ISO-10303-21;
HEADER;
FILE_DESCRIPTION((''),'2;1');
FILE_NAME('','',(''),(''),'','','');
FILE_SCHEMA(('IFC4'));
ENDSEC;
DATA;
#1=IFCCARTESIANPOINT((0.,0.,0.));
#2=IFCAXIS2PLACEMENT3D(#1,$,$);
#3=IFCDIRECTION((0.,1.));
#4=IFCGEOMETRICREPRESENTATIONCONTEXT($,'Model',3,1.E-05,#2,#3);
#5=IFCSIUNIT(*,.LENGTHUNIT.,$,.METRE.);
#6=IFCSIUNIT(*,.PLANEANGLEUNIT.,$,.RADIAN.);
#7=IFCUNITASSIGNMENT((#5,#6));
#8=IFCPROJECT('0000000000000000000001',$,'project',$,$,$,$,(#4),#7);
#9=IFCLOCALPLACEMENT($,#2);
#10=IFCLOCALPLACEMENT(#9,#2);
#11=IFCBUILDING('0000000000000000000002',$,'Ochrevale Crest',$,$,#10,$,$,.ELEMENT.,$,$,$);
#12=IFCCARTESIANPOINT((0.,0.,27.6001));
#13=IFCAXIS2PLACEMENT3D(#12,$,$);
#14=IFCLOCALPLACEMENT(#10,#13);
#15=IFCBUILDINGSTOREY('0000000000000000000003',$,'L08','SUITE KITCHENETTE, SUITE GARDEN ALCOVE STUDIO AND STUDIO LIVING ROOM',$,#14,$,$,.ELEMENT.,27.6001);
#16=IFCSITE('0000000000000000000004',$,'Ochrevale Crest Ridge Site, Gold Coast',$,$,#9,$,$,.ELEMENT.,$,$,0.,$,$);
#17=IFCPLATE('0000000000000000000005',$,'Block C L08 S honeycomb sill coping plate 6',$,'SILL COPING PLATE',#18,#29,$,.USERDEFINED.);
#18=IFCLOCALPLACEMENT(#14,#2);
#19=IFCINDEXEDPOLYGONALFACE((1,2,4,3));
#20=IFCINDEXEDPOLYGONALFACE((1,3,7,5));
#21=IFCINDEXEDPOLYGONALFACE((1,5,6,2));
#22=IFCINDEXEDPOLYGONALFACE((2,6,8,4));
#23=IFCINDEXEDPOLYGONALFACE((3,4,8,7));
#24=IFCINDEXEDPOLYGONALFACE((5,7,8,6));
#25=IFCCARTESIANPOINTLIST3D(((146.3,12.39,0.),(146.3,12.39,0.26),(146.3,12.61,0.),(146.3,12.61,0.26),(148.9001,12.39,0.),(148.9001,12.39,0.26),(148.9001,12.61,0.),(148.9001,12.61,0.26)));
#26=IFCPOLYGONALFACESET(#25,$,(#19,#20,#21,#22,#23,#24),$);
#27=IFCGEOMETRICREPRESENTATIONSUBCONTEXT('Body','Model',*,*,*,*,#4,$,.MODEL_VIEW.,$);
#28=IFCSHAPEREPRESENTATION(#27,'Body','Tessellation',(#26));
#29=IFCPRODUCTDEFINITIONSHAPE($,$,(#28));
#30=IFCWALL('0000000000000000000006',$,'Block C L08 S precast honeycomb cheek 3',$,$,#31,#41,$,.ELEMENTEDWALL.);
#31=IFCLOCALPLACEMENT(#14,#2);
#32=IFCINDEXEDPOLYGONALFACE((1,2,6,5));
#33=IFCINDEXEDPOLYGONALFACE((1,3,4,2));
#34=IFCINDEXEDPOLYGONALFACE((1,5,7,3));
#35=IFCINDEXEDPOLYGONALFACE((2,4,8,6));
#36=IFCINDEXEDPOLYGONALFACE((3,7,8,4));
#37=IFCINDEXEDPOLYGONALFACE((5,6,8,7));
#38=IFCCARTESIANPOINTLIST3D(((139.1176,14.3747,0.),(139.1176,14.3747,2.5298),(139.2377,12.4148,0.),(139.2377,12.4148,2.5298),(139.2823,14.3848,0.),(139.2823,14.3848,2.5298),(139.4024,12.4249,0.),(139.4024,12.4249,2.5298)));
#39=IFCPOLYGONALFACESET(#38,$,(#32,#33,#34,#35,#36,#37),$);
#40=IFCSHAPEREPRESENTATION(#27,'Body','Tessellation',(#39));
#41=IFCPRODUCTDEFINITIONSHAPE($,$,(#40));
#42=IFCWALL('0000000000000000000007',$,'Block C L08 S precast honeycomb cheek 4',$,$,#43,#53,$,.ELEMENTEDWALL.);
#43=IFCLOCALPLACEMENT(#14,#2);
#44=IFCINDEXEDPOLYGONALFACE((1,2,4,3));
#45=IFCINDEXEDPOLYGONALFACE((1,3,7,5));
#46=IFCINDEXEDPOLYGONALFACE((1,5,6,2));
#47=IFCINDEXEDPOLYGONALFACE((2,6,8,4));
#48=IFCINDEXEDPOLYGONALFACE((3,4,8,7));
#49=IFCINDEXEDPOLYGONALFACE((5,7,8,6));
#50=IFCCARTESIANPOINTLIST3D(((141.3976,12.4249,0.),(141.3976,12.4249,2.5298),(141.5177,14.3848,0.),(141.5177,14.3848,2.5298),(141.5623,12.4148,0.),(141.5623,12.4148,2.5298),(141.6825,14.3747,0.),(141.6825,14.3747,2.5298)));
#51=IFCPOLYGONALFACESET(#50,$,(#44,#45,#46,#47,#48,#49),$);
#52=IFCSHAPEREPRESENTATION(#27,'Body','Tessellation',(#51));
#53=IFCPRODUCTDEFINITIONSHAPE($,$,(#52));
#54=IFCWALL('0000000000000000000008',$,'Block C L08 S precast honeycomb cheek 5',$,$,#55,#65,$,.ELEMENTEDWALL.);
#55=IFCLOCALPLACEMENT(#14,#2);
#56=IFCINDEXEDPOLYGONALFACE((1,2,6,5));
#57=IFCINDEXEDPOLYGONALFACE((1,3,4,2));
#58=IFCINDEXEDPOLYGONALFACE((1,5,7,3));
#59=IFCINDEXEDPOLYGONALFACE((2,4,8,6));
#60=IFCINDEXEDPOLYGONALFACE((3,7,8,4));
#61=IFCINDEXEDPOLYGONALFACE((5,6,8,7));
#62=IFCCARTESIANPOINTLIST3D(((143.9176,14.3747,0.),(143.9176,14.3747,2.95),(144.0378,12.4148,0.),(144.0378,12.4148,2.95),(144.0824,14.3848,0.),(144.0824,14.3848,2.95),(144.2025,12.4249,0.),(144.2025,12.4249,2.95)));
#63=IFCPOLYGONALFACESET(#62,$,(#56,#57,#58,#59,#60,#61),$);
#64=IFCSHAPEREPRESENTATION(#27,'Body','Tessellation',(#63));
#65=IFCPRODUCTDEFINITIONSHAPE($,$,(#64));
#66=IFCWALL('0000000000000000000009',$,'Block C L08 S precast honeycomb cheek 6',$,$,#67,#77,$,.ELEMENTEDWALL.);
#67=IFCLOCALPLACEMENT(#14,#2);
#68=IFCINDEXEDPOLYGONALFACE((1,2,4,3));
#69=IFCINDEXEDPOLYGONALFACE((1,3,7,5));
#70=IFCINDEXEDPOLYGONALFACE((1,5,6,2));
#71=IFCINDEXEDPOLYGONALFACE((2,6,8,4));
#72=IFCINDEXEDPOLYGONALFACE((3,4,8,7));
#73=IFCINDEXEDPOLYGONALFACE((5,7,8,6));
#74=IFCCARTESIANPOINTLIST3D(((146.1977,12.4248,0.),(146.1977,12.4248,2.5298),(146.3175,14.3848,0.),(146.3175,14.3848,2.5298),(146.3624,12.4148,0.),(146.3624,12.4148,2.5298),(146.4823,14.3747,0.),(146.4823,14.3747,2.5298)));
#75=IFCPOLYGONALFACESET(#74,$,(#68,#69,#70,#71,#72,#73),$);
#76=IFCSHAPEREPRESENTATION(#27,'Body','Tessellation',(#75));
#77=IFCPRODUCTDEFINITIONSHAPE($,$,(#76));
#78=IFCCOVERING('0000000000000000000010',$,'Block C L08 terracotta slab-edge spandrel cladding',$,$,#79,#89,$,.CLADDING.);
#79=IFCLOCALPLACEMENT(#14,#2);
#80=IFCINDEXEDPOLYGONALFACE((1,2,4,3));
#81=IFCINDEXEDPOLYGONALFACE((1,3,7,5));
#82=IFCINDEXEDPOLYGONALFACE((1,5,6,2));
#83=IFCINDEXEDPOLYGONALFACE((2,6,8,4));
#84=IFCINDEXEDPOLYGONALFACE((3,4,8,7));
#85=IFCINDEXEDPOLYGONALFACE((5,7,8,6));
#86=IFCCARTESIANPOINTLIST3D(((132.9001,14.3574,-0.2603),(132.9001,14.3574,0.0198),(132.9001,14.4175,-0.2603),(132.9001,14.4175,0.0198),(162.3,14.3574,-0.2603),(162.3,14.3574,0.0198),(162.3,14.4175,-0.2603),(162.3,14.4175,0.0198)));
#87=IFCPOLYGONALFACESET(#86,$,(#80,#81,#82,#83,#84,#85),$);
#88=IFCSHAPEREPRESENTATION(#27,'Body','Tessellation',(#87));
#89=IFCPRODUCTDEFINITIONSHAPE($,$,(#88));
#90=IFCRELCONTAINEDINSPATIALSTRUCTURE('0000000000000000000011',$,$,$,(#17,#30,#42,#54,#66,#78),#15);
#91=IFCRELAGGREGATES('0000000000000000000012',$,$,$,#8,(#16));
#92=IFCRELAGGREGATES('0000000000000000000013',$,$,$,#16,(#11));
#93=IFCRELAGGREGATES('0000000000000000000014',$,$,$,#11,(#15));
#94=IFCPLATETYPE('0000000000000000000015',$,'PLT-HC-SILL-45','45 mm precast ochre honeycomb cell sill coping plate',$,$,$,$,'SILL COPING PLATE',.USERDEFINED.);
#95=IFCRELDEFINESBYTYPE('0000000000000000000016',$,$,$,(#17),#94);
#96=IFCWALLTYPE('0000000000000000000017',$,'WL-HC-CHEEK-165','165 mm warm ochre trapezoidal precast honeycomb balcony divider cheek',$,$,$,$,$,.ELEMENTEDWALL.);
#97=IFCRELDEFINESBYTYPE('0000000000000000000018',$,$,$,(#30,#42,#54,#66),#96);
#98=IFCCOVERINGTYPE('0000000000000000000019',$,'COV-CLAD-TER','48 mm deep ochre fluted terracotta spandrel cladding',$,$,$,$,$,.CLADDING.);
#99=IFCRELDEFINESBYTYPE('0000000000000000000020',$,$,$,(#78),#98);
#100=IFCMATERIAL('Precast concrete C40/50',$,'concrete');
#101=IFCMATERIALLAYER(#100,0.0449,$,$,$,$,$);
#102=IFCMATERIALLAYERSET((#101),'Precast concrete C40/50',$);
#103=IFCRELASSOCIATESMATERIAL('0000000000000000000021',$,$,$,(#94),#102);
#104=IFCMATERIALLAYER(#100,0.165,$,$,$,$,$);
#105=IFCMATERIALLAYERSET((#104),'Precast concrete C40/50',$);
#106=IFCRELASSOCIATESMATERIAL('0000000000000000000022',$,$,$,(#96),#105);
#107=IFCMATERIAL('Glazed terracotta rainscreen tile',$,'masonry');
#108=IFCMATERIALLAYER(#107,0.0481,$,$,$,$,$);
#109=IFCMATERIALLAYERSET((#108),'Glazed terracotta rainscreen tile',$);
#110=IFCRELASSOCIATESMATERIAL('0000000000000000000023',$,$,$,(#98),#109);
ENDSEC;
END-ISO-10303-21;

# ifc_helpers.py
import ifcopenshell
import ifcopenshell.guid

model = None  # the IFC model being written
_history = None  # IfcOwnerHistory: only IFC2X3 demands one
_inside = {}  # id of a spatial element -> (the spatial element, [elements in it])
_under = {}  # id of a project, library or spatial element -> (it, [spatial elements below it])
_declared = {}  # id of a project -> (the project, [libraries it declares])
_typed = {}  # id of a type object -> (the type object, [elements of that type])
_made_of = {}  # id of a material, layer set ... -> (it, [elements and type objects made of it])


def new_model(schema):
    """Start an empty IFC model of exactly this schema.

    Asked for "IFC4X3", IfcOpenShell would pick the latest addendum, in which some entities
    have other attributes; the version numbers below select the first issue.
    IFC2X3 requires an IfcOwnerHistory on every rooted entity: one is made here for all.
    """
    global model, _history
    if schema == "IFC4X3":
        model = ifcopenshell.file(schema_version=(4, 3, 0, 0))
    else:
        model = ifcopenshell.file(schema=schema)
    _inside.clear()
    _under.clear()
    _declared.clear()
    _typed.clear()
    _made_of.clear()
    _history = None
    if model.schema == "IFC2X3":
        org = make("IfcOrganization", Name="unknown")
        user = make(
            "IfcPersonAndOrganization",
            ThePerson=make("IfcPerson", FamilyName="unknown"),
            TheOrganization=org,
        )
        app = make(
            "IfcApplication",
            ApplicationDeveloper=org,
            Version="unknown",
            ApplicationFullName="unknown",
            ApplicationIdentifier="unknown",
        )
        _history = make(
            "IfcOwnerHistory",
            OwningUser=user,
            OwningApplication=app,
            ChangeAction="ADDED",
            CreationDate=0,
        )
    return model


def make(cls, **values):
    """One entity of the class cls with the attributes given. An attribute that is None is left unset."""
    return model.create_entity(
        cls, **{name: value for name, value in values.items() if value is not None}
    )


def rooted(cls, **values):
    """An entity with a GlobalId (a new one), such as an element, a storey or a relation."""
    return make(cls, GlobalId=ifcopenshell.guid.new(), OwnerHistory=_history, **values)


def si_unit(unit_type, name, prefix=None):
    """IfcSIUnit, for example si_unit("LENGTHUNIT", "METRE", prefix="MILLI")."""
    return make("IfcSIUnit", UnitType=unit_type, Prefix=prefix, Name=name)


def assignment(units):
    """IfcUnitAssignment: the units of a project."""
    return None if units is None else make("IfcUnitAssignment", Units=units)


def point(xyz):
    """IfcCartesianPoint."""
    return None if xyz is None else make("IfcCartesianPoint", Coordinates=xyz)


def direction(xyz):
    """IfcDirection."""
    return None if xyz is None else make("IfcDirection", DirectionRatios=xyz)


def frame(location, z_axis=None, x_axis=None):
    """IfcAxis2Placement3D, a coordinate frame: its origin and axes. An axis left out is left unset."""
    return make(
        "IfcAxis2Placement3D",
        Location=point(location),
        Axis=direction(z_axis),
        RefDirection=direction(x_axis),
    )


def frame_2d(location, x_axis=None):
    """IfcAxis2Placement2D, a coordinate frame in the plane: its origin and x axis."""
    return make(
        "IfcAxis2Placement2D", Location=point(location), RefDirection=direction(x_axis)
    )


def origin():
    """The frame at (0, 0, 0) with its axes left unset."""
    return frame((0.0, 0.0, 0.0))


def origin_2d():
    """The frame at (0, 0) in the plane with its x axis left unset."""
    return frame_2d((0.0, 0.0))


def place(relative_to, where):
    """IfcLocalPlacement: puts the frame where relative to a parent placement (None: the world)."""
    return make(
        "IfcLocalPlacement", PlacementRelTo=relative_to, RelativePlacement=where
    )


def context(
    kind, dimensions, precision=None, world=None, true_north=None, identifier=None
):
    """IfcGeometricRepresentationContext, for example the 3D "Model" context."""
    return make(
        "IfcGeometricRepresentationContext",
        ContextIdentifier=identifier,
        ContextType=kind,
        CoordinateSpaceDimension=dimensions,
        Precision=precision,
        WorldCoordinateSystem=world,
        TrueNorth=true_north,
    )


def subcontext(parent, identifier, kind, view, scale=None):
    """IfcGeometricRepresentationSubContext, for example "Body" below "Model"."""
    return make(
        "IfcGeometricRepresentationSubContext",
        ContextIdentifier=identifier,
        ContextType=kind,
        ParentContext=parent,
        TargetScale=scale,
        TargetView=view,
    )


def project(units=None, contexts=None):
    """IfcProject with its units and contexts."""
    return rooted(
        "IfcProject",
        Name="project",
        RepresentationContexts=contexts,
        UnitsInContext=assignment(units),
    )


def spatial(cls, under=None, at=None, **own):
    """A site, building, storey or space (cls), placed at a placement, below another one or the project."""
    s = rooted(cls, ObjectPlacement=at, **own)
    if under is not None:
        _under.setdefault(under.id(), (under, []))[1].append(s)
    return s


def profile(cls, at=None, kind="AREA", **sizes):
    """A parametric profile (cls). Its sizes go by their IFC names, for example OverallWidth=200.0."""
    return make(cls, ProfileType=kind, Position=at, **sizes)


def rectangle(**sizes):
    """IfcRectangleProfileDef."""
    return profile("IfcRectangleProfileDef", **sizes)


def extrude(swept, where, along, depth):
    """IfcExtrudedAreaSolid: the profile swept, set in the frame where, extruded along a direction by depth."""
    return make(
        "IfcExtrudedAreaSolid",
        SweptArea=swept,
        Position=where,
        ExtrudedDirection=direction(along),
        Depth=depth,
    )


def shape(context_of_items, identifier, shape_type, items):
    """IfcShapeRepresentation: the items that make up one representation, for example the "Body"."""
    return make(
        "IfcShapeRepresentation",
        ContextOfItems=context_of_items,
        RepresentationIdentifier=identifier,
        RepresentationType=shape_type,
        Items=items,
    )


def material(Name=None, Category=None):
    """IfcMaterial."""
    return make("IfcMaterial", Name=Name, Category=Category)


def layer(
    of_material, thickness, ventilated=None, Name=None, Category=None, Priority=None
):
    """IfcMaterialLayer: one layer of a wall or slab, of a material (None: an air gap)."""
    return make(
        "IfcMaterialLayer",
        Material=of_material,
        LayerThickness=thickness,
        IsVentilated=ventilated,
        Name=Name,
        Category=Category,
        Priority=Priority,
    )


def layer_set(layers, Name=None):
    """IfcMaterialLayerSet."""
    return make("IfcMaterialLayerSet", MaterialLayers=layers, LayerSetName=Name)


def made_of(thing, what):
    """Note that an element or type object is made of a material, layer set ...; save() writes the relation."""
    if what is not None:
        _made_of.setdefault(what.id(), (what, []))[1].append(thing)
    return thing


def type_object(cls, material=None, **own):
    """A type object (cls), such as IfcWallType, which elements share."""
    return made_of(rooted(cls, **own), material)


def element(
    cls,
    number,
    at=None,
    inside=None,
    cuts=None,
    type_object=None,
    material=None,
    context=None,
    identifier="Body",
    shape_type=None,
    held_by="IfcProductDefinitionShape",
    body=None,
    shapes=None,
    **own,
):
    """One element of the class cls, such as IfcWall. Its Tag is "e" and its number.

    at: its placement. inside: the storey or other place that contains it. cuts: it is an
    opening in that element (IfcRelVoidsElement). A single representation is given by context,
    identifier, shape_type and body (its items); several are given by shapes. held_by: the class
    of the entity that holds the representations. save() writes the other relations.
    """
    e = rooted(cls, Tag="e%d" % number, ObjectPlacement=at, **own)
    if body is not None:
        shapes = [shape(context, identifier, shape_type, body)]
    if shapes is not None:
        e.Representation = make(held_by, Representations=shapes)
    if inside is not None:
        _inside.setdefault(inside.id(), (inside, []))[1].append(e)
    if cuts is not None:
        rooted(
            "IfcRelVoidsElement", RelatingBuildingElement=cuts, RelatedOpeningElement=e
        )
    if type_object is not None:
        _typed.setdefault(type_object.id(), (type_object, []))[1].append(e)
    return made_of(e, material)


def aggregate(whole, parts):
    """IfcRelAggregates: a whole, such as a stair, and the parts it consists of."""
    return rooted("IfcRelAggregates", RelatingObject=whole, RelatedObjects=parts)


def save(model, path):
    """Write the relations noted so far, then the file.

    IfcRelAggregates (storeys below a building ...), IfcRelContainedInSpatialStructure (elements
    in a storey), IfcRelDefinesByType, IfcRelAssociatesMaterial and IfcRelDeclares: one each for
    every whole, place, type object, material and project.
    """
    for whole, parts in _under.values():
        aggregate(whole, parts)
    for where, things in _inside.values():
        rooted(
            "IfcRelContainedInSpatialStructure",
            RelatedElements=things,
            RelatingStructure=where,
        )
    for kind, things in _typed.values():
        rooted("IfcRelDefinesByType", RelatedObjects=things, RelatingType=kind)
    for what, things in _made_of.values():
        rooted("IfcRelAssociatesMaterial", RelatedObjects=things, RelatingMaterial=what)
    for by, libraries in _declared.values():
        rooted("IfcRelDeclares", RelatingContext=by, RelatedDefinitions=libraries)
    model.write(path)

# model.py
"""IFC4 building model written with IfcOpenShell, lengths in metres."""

from ifc_helpers import new_model, si_unit, direction, frame, frame_2d, origin, origin_2d, place, context, subcontext, project, spatial, rectangle, extrude, material, layer, layer_set, type_object, element, save


model = new_model("IFC4")

# Units and contexts
model_context = context("Model", 3, precision=1e-05, world=origin(), true_north=direction((0.0, 1.0)))
body_context = subcontext(model_context, "Body", "Model", "MODEL_VIEW")
ifc_project = project(units=[si_unit("LENGTHUNIT", "METRE"), si_unit("PLANEANGLEUNIT", "RADIAN")], contexts=[model_context])

# Site, building, storey
site_placement = place(None, origin())
site = spatial("IfcSite", under=ifc_project, at=site_placement, Name="Ochrevale Crest Ridge Site, Gold Coast", CompositionType="ELEMENT", RefElevation=0.0)
building_placement = place(site_placement, origin())
building = spatial("IfcBuilding", under=site, at=building_placement, Name="Ochrevale Crest", CompositionType="ELEMENT")
storey_placement = place(building_placement, frame((0.0, 0.0, 27.6001)))
storey = spatial("IfcBuildingStorey", under=building, at=storey_placement, Name="L08", Description="SUITE KITCHENETTE, SUITE GARDEN ALCOVE STUDIO AND STUDIO LIVING ROOM", CompositionType="ELEMENT", Elevation=27.6001)

# Shared definitions
ifc_material_1 = material(Name="Precast concrete C40/50", Category="concrete")

# Plate
ifc_layer_1 = layer(ifc_material_1, 0.0449)
ifc_layer_set_1 = layer_set([ifc_layer_1], Name="Precast concrete C40/50")
plate_type_1 = type_object("IfcPlateType", Name="PLT-HC-SILL-45", Description="45 mm precast ochre honeycomb cell sill coping plate", ElementType="SILL COPING PLATE", PredefinedType="USERDEFINED", material=ifc_layer_set_1)
for number, where, z_axis, x_axis, name in (
    (1, (147.6001, 12.5, 0.0), (0.0, 0.0, 1.0), (1.0, 0.0, 0.0), "Block C L08 S honeycomb sill coping plate 6"),
):
    element("IfcPlate", number, at=place(storey_placement, frame(where, z_axis=z_axis, x_axis=x_axis)), inside=storey, type_object=plate_type_1, Name=name, ObjectType="SILL COPING PLATE", PredefinedType="USERDEFINED", context=body_context, shape_type="SweptSolid", body=[
        extrude(rectangle(XDim=2.6001, YDim=0.22, at=origin_2d()), origin(), (0.0, 0.0, 1.0), 0.26),
    ])

# Walls
ifc_layer_2 = layer(ifc_material_1, 0.165)
ifc_layer_set_2 = layer_set([ifc_layer_2], Name="Precast concrete C40/50")
wall_type = type_object("IfcWallType", Name="WL-HC-CHEEK-165", Description="165 mm warm ochre trapezoidal precast honeycomb balcony divider cheek", PredefinedType="ELEMENTEDWALL", material=ifc_layer_set_2)
for number, where, z_axis, x_axis, name in (
    (2, (139.2, 14.3799, 0.0), (0.0, 0.0, 1.0), (0.061171, -0.998127, 0.0), "Block C L08 S precast honeycomb cheek 3"),
    (3, (141.6001, 14.3799, 0.0), (0.0, 0.0, 1.0), (-0.061171, -0.998127, 0.0), "Block C L08 S precast honeycomb cheek 4"),
):
    element("IfcWall", number, at=place(storey_placement, frame(where, z_axis=z_axis, x_axis=x_axis)), inside=storey, type_object=wall_type, Name=name, PredefinedType="ELEMENTEDWALL", context=body_context, shape_type="SweptSolid", body=[
        extrude(rectangle(XDim=1.9636, YDim=0.165, at=frame_2d((0.9819, 0.0))), origin(), (0.0, 0.0, 1.0), 2.5298),
    ])
wall_1_placement = place(storey_placement, frame((144.0, 14.3799, 0.0), z_axis=(0.0, 0.0, 1.0), x_axis=(0.061171, -0.998127, 0.0)))
element("IfcWall", 4, at=wall_1_placement, inside=storey, type_object=wall_type, Name="Block C L08 S precast honeycomb cheek 5", PredefinedType="ELEMENTEDWALL", context=body_context, shape_type="SweptSolid", body=[
    extrude(rectangle(XDim=1.9636, YDim=0.165, at=frame_2d((0.9819, 0.0))), origin(), (0.0, 0.0, 1.0), 2.95),
])
wall_2_placement = place(storey_placement, frame((146.3999, 14.3799, 0.0), z_axis=(0.0, 0.0, 1.0), x_axis=(-0.061047, -0.998135, 0.0)))
element("IfcWall", 5, at=wall_2_placement, inside=storey, type_object=wall_type, Name="Block C L08 S precast honeycomb cheek 6", PredefinedType="ELEMENTEDWALL", context=body_context, shape_type="SweptSolid", body=[
    extrude(rectangle(XDim=1.9636, YDim=0.165, at=frame_2d((0.9819, 0.0))), origin(), (0.0, 0.0, 1.0), 2.5298),
])

# Covering
ifc_material_2 = material(Name="Glazed terracotta rainscreen tile", Category="masonry")
ifc_layer_3 = layer(ifc_material_2, 0.0481)
ifc_layer_set_3 = layer_set([ifc_layer_3], Name="Glazed terracotta rainscreen tile")
covering_type = type_object("IfcCoveringType", Name="COV-CLAD-TER", Description="48 mm deep ochre fluted terracotta spandrel cladding", PredefinedType="CLADDING", material=ifc_layer_set_3)
covering_placement = place(storey_placement, frame((147.6001, 14.3875, -0.2603), z_axis=(0.0, 0.0, 1.0), x_axis=(1.0, 0.0, 0.0)))
element("IfcCovering", 6, at=covering_placement, inside=storey, type_object=covering_type, Name="Block C L08 terracotta slab-edge spandrel cladding", PredefinedType="CLADDING", context=body_context, shape_type="SweptSolid", body=[
    extrude(rectangle(XDim=29.3999, YDim=0.0601, at=origin_2d()), origin(), (0.0, 0.0, 1.0), 0.28),
])

save(model, "model.ifc")
